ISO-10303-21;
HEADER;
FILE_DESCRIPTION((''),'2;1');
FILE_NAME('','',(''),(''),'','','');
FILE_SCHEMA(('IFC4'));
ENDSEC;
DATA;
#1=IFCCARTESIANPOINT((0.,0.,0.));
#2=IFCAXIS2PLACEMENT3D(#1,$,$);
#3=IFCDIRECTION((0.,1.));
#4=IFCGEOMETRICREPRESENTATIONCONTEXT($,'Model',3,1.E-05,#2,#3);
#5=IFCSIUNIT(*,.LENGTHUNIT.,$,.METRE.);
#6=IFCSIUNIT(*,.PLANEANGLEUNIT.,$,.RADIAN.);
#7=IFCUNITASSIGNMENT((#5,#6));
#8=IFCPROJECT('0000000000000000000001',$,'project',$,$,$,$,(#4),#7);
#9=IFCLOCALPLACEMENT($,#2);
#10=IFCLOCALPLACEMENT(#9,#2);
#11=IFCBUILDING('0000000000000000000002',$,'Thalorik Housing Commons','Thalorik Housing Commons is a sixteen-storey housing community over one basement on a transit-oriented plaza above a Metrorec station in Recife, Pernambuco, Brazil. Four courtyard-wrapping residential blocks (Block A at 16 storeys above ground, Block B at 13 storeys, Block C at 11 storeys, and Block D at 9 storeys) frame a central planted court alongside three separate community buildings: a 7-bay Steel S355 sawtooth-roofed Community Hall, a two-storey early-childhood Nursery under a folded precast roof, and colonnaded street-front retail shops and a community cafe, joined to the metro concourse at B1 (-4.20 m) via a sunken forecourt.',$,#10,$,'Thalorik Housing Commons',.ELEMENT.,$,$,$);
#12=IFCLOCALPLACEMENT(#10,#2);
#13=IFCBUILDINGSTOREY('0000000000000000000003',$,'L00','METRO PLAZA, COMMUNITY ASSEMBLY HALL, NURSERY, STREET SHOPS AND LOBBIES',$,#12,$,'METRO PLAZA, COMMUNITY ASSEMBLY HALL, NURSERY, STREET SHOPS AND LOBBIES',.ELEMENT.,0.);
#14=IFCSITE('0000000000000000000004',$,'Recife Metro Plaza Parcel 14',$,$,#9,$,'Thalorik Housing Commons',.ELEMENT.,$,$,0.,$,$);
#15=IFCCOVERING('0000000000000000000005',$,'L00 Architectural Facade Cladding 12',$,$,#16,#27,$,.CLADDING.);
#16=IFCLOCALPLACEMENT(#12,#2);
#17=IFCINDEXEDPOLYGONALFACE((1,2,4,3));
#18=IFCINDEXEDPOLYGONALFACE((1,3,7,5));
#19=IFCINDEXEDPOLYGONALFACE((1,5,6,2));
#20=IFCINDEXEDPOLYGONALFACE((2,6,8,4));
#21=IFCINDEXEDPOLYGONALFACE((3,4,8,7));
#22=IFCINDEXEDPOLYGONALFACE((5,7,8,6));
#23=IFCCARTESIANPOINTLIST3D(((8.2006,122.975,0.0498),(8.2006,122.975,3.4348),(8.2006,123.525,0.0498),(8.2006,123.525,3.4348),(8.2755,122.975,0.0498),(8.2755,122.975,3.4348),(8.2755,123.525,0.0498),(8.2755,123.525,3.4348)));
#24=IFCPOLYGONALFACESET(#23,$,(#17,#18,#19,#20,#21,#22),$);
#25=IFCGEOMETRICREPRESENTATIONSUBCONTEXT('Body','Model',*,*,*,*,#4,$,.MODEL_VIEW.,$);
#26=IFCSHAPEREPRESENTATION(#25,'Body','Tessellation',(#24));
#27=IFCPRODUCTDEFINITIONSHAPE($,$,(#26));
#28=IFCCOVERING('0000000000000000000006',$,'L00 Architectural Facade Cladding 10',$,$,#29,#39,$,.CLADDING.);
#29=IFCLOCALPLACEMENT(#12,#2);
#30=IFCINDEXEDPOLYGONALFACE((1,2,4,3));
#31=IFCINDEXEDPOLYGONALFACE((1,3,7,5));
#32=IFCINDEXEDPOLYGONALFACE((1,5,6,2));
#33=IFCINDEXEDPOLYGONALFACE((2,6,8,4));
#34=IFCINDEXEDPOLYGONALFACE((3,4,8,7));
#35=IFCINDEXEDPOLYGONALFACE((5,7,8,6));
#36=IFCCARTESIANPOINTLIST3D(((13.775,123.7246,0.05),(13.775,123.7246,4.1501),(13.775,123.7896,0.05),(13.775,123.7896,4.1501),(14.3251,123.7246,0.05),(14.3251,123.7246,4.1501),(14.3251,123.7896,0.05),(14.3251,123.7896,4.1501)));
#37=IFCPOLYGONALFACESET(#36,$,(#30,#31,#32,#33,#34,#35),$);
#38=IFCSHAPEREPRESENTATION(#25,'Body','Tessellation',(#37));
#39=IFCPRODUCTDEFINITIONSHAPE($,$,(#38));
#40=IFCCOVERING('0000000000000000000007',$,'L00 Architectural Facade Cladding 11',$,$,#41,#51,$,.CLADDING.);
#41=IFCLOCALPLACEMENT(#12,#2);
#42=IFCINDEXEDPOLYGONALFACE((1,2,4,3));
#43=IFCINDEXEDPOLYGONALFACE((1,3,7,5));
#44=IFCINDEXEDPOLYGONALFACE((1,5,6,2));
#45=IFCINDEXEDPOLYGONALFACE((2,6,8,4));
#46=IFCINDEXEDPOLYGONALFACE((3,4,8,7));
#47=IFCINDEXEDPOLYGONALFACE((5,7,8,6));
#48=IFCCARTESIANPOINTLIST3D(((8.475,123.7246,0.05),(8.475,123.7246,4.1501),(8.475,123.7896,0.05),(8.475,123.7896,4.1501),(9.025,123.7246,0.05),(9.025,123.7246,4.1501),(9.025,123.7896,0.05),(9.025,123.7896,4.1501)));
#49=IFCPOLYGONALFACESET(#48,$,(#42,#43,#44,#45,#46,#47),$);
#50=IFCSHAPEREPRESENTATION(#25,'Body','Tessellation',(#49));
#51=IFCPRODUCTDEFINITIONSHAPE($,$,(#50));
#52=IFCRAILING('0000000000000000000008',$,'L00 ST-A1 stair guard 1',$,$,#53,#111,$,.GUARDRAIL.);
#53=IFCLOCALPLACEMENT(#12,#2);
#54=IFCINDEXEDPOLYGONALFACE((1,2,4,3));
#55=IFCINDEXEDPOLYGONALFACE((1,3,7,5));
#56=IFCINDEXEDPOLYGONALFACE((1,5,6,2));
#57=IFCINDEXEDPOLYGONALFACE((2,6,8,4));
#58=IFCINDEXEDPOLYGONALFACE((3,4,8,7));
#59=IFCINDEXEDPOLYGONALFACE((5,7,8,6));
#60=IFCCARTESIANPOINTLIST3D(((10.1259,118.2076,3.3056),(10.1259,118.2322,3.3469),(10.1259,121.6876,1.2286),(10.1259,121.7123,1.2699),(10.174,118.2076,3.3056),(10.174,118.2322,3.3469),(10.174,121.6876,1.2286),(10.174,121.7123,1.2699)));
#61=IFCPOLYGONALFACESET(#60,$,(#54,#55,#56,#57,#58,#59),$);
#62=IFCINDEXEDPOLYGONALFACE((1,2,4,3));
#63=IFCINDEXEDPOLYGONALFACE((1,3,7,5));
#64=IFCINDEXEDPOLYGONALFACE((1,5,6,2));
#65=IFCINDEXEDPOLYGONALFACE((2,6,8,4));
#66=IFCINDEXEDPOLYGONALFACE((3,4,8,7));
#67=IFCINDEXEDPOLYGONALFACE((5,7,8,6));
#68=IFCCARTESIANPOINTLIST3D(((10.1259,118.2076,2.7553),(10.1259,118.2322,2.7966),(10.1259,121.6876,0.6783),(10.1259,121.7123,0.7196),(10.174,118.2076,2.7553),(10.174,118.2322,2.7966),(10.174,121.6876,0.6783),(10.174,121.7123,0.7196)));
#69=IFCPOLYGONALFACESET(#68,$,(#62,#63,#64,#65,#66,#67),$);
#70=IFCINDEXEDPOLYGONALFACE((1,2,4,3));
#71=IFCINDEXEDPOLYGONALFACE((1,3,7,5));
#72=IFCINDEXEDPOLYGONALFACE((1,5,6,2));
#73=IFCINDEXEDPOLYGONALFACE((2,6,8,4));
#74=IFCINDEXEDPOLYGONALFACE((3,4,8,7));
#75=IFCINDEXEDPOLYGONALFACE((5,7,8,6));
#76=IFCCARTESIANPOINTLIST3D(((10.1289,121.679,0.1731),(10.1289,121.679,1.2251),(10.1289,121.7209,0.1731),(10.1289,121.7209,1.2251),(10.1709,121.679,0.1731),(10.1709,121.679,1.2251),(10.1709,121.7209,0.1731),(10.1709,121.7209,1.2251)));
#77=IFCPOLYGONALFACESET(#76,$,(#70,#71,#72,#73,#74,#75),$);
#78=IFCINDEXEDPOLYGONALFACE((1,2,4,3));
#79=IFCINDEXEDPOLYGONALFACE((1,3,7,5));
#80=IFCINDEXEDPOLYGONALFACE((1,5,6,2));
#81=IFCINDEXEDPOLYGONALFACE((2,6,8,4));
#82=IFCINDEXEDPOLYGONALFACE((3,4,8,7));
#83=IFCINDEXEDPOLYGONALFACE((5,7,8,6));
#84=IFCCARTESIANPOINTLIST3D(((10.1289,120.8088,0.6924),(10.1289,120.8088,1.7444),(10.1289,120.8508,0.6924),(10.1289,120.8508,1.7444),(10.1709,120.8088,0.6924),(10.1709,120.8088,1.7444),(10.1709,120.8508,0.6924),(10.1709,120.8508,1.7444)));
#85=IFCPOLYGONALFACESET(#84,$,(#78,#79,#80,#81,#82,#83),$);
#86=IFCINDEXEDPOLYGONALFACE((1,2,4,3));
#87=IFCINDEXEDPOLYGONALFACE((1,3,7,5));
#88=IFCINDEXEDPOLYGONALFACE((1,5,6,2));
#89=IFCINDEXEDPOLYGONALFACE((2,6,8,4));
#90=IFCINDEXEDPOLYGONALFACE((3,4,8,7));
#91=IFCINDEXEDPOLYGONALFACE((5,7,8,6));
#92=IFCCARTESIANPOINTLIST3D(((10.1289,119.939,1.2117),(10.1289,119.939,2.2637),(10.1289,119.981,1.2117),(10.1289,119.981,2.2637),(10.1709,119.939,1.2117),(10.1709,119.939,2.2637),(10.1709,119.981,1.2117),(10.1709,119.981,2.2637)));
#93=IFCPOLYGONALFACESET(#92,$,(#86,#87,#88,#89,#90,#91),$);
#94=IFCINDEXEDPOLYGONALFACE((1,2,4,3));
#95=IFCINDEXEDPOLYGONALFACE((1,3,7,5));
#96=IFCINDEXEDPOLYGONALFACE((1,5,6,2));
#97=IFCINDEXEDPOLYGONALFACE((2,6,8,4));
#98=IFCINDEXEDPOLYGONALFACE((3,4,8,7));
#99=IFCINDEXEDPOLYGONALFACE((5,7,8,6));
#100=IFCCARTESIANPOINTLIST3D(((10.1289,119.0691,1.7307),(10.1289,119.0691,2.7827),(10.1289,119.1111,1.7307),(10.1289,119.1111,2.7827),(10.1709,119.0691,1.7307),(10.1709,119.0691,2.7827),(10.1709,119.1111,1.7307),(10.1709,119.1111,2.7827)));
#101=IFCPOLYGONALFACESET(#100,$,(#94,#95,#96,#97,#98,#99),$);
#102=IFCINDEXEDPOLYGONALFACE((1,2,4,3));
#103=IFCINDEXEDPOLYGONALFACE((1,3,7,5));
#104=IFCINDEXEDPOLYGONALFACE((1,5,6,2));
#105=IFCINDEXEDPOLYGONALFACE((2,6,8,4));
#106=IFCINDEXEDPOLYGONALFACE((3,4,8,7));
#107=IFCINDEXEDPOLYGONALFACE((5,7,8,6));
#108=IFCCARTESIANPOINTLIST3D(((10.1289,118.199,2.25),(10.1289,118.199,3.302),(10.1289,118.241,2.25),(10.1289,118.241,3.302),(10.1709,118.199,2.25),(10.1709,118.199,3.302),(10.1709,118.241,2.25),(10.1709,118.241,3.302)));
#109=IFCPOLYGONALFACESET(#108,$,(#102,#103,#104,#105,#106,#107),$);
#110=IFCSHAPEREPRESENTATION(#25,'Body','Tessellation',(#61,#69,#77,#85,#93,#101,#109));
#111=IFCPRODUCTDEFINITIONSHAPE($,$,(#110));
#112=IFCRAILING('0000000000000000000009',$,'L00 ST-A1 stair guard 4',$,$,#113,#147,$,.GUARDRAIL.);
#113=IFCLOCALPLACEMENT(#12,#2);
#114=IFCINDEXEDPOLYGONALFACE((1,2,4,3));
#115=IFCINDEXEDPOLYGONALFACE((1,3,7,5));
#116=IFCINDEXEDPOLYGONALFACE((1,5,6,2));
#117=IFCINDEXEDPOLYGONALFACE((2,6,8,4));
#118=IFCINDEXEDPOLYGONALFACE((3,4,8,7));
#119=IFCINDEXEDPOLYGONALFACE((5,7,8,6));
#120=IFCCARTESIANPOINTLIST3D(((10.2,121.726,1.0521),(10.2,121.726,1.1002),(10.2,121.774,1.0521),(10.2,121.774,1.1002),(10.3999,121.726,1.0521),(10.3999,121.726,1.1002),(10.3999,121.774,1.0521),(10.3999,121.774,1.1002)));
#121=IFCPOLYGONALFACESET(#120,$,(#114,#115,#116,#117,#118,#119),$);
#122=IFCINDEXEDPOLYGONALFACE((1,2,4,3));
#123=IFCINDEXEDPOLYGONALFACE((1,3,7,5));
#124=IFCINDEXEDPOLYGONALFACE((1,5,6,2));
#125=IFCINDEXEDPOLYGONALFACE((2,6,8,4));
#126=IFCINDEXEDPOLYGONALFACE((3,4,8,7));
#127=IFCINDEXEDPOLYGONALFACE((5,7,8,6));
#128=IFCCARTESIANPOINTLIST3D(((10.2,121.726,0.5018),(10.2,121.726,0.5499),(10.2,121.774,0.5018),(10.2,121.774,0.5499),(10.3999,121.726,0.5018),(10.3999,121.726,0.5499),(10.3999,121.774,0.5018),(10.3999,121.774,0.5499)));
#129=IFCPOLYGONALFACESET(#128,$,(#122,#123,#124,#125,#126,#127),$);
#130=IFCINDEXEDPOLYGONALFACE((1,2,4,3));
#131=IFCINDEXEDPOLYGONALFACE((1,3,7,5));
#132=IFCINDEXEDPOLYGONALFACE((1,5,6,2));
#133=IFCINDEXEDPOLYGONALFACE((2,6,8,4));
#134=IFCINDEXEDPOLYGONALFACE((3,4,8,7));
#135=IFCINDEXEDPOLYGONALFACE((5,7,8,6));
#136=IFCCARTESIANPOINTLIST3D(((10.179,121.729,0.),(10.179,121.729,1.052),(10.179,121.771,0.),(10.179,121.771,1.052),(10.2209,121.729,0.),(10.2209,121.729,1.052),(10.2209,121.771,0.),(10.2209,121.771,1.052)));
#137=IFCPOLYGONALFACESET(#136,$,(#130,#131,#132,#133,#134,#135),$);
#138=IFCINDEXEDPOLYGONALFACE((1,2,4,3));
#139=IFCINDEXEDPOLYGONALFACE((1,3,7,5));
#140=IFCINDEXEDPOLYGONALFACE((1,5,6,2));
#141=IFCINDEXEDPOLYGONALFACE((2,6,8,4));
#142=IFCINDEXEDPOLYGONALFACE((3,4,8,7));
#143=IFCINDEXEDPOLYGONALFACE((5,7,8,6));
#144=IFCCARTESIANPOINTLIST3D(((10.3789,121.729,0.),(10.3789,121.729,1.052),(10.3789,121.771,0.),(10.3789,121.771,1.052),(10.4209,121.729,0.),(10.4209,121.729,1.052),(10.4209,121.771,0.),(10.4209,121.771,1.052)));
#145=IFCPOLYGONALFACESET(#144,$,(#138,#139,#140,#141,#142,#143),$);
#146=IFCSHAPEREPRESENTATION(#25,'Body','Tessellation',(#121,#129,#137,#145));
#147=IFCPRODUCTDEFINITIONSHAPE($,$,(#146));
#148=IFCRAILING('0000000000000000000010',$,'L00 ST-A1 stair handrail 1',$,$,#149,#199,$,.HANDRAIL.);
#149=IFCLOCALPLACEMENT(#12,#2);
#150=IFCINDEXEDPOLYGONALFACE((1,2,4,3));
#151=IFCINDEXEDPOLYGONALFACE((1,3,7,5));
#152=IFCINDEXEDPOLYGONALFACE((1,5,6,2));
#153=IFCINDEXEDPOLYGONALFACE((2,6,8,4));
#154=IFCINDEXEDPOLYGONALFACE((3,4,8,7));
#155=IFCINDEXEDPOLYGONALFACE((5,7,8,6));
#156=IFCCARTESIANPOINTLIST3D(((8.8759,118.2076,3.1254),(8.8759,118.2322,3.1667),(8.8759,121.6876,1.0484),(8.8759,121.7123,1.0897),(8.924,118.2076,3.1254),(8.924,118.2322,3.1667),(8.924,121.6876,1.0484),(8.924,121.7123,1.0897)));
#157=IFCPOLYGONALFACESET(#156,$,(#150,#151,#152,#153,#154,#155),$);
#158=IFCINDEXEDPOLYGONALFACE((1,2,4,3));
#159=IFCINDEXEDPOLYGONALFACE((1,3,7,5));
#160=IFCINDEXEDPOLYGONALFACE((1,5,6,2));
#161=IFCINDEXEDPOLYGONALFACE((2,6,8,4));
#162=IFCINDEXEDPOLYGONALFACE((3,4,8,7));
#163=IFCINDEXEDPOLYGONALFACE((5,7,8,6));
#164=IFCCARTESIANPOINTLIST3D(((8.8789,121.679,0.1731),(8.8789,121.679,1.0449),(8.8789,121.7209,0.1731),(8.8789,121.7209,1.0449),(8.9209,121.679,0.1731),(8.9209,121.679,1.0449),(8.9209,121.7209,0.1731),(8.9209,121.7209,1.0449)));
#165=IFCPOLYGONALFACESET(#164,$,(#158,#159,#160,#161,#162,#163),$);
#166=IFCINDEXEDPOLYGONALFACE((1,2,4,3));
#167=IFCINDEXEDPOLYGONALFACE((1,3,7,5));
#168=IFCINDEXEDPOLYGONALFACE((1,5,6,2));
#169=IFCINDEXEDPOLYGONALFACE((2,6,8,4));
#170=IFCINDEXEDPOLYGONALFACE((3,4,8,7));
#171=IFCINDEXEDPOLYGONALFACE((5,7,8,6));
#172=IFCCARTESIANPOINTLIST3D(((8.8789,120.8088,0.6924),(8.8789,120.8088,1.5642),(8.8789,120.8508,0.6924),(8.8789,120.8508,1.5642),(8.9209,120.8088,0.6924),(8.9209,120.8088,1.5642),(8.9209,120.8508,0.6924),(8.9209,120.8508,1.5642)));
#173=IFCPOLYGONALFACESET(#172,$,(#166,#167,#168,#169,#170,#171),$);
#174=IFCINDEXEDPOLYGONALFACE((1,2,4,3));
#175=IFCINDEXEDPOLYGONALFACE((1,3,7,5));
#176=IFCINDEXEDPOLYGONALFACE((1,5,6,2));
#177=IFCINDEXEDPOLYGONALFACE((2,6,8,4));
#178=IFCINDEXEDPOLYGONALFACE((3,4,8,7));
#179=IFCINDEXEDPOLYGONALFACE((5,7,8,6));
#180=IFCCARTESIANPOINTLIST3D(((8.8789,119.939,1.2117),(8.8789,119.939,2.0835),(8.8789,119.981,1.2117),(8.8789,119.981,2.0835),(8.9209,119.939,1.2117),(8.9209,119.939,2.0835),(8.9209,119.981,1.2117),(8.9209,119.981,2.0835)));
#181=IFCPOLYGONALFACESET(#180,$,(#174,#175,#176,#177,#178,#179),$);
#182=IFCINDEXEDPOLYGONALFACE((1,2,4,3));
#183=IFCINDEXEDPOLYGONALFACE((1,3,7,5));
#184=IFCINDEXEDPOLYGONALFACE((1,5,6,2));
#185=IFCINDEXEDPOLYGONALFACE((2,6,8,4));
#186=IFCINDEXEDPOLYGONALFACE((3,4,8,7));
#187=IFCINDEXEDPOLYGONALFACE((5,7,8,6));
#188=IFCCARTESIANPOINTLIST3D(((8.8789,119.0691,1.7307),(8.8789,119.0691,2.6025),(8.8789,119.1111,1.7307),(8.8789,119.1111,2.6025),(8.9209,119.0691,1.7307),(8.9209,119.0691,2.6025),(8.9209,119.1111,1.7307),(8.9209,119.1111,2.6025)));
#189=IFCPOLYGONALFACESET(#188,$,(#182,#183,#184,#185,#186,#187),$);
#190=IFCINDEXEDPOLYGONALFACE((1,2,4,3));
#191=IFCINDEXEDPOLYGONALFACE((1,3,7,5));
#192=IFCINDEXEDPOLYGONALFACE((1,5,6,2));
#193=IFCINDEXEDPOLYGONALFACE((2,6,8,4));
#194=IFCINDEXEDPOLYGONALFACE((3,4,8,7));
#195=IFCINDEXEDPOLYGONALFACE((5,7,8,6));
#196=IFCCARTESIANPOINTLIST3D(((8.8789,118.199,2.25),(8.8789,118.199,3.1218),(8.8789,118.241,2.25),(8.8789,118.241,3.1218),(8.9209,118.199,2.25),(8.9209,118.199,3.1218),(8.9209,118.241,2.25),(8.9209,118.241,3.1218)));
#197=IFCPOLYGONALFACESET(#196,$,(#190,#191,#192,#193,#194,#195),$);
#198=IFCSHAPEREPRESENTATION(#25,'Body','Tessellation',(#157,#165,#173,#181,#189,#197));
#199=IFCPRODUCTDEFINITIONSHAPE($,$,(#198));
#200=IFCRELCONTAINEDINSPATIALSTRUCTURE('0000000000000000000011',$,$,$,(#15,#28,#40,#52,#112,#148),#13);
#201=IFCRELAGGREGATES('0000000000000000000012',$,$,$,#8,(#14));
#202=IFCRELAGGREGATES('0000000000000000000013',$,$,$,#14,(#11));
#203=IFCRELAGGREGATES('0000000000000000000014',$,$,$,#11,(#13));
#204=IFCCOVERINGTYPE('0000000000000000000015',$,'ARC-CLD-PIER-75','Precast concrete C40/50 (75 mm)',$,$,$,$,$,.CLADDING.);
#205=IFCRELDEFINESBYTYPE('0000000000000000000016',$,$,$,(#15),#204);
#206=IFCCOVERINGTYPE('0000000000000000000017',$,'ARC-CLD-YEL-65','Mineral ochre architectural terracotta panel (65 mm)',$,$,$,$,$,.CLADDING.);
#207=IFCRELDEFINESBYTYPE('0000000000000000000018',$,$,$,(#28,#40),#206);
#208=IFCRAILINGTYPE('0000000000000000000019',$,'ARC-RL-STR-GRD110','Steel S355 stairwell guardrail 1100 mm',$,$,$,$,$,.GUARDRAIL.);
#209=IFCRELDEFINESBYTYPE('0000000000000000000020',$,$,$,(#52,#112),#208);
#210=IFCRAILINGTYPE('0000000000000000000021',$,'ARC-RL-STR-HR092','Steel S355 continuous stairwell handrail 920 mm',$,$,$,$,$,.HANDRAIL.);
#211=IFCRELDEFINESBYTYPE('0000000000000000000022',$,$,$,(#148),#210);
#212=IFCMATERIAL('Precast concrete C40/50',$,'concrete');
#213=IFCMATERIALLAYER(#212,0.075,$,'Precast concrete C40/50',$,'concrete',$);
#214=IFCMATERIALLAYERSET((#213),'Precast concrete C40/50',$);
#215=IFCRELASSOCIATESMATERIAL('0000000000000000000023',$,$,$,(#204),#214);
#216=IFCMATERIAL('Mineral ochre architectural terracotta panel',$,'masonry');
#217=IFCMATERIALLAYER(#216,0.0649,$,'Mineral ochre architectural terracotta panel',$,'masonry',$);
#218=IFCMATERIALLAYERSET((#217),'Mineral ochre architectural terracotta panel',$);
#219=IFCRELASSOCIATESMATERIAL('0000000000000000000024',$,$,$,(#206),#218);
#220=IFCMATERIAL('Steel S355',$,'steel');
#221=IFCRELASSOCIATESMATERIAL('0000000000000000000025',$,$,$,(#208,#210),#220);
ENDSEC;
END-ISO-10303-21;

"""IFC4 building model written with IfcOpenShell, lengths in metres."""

from ifc_helpers import new_model, si_unit, direction, frame, origin, origin_2d, place, context, subcontext, project, spatial, rectangle, extrude, material, layer, layer_set, type_object, element, save


model = new_model("IFC4")

# Units and contexts
model_context = context("Model", 3, precision=1e-05, world=origin(), true_north=direction((0.0, 1.0)))
body_context = subcontext(model_context, "Body", "Model", "MODEL_VIEW")
ifc_project = project(units=[si_unit("LENGTHUNIT", "METRE"), si_unit("PLANEANGLEUNIT", "RADIAN")], contexts=[model_context])

# Site, building, storey
site_placement = place(None, origin())
site = spatial("IfcSite", under=ifc_project, at=site_placement, Name="Recife Metro Plaza Parcel 14", LongName="Thalorik Housing Commons", CompositionType="ELEMENT", RefElevation=0.0)
building_placement = place(site_placement, origin())
building = spatial("IfcBuilding", under=site, at=building_placement, Name="Thalorik Housing Commons", Description="Thalorik Housing Commons is a sixteen-storey housing community over one basement on a transit-oriented plaza above a Metrorec station in Recife, Pernambuco, Brazil. Four courtyard-wrapping residential blocks (Block A at 16 storeys above ground, Block B at 13 storeys, Block C at 11 storeys, and Block D at 9 storeys) frame a central planted court alongside three separate community buildings: a 7-bay Steel S355 sawtooth-roofed Community Hall, a two-storey early-childhood Nursery under a folded precast roof, and colonnaded street-front retail shops and a community cafe, joined to the metro concourse at B1 (-4.20 m) via a sunken forecourt.", LongName="Thalorik Housing Commons", CompositionType="ELEMENT")
storey_placement = place(building_placement, origin())
storey = spatial("IfcBuildingStorey", under=building, at=storey_placement, Name="L00", Description="METRO PLAZA, COMMUNITY ASSEMBLY HALL, NURSERY, STREET SHOPS AND LOBBIES", LongName="METRO PLAZA, COMMUNITY ASSEMBLY HALL, NURSERY, STREET SHOPS AND LOBBIES", CompositionType="ELEMENT", Elevation=0.0)

# Shared definitions
ifc_material_1 = material(Name="Precast concrete C40/50", Category="concrete")

# Shared definitions
ifc_material_2 = material(Name="Steel S355", Category="steel")

# Coverings
ifc_layer_1 = layer(ifc_material_1, 0.075, Name="Precast concrete C40/50", Category="concrete")
ifc_layer_set_1 = layer_set([ifc_layer_1], Name="Precast concrete C40/50")
covering_type_1 = type_object("IfcCoveringType", Name="ARC-CLD-PIER-75", Description="Precast concrete C40/50 (75 mm)", PredefinedType="CLADDING", material=ifc_layer_set_1)
covering_placement = place(storey_placement, frame((8.238, 123.25, 0.0498), z_axis=(0.0, 0.0, 1.0), x_axis=(0.0, -1.0, 0.0)))
element("IfcCovering", 1, at=covering_placement, inside=storey, type_object=covering_type_1, Name="L00 Architectural Facade Cladding 12", PredefinedType="CLADDING", context=body_context, shape_type="SweptSolid", body=[
    extrude(rectangle(XDim=0.55, YDim=0.075, at=origin_2d()), origin(), (0.0, 0.0, 1.0), 3.385),
])
ifc_material_3 = material(Name="Mineral ochre architectural terracotta panel", Category="masonry")
ifc_layer_2 = layer(ifc_material_3, 0.0649, Name="Mineral ochre architectural terracotta panel", Category="masonry")
ifc_layer_set_2 = layer_set([ifc_layer_2], Name="Mineral ochre architectural terracotta panel")
covering_type_2 = type_object("IfcCoveringType", Name="ARC-CLD-YEL-65", Description="Mineral ochre architectural terracotta panel (65 mm)", PredefinedType="CLADDING", material=ifc_layer_set_2)
for number, where, z_axis, x_axis, name in (
    (2, (14.05, 123.7571, 0.05), (0.0, 0.0, 1.0), (-1.0, 0.0, 0.0), "L00 Architectural Facade Cladding 10"),
    (3, (8.75, 123.7571, 0.05), (0.0, 0.0, 1.0), (-1.0, 0.0, 0.0), "L00 Architectural Facade Cladding 11"),
):
    element("IfcCovering", number, at=place(storey_placement, frame(where, z_axis=z_axis, x_axis=x_axis)), inside=storey, type_object=covering_type_2, Name=name, PredefinedType="CLADDING", context=body_context, shape_type="SweptSolid", body=[
        extrude(rectangle(XDim=0.55, YDim=0.0649, at=origin_2d()), origin(), (0.0, 0.0, 1.0), 4.1001),
    ])

# Railings
railing_type_1 = type_object("IfcRailingType", Name="ARC-RL-STR-GRD110", Description="Steel S355 stairwell guardrail 1100 mm", PredefinedType="GUARDRAIL", material=ifc_material_2)
railing_1_placement = place(storey_placement, frame((10.1499, 121.7, 0.1731)))
element("IfcRailing", 4, at=railing_1_placement, inside=storey, type_object=railing_type_1, Name="L00 ST-A1 stair guard 1", PredefinedType="GUARDRAIL", context=body_context, shape_type="SweptSolid", body=[
    extrude(rectangle(XDim=0.0481, YDim=0.0481, at=origin_2d()), frame((0.0, 0.0, 1.0762), z_axis=(0.0, -0.858697, 0.512483), x_axis=(1.0, 0.0, 0.0)), (0.0, 0.0, 1.0), 4.0527),
    extrude(rectangle(XDim=0.0481, YDim=0.0481, at=origin_2d()), frame((0.0, 0.0, 0.5259), z_axis=(0.0, -0.858697, 0.512483), x_axis=(1.0, 0.0, 0.0)), (0.0, 0.0, 1.0), 4.0527),
    extrude(rectangle(XDim=0.042, YDim=0.042, at=origin_2d()), origin(), (0.0, 0.0, 1.0), 1.052),
    extrude(rectangle(XDim=0.042, YDim=0.042, at=origin_2d()), frame((0.0, -0.8701, 0.5193)), (0.0, 0.0, 1.0), 1.052),
    extrude(rectangle(XDim=0.042, YDim=0.042, at=origin_2d()), frame((0.0, -1.74, 1.0386)), (0.0, 0.0, 1.0), 1.052),
    extrude(rectangle(XDim=0.042, YDim=0.042, at=origin_2d()), frame((0.0, -2.6099, 1.5576)), (0.0, 0.0, 1.0), 1.052),
    extrude(rectangle(XDim=0.042, YDim=0.042, at=origin_2d()), frame((0.0, -3.48, 2.0769)), (0.0, 0.0, 1.0), 1.052),
])
railing_2_placement = place(storey_placement, frame((10.2, 121.75, 0.0)))
element("IfcRailing", 5, at=railing_2_placement, inside=storey, type_object=railing_type_1, Name="L00 ST-A1 stair guard 4", PredefinedType="GUARDRAIL", context=body_context, shape_type="SweptSolid", body=[
    extrude(rectangle(XDim=0.0481, YDim=0.0481, at=origin_2d()), frame((0.0, 0.0, 1.0762), z_axis=(1.0, 0.0, 0.0), x_axis=(0.0, 1.0, 0.0)), (0.0, 0.0, 1.0), 0.2),
    extrude(rectangle(XDim=0.0481, YDim=0.0481, at=origin_2d()), frame((0.0, 0.0, 0.5259), z_axis=(1.0, 0.0, 0.0), x_axis=(0.0, 1.0, 0.0)), (0.0, 0.0, 1.0), 0.2),
    extrude(rectangle(XDim=0.042, YDim=0.042, at=origin_2d()), origin(), (0.0, 0.0, 1.0), 1.052),
    extrude(rectangle(XDim=0.042, YDim=0.042, at=origin_2d()), frame((0.2, 0.0, 0.0)), (0.0, 0.0, 1.0), 1.052),
])
railing_type_2 = type_object("IfcRailingType", Name="ARC-RL-STR-HR092", Description="Steel S355 continuous stairwell handrail 920 mm", PredefinedType="HANDRAIL", material=ifc_material_2)
railing_3_placement = place(storey_placement, frame((8.8999, 121.7, 0.1731)))
element("IfcRailing", 6, at=railing_3_placement, inside=storey, type_object=railing_type_2, Name="L00 ST-A1 stair handrail 1", PredefinedType="HANDRAIL", context=body_context, shape_type="SweptSolid", body=[
    extrude(rectangle(XDim=0.0481, YDim=0.0481, at=origin_2d()), frame((0.0, 0.0, 0.896), z_axis=(0.0, -0.858697, 0.512483), x_axis=(1.0, 0.0, 0.0)), (0.0, 0.0, 1.0), 4.0527),
    extrude(rectangle(XDim=0.042, YDim=0.042, at=origin_2d()), origin(), (0.0, 0.0, 1.0), 0.8718),
    extrude(rectangle(XDim=0.042, YDim=0.042, at=origin_2d()), frame((0.0, -0.8701, 0.5193)), (0.0, 0.0, 1.0), 0.8718),
    extrude(rectangle(XDim=0.042, YDim=0.042, at=origin_2d()), frame((0.0, -1.74, 1.0386)), (0.0, 0.0, 1.0), 0.8718),
    extrude(rectangle(XDim=0.042, YDim=0.042, at=origin_2d()), frame((0.0, -2.6099, 1.5576)), (0.0, 0.0, 1.0), 0.8718),
    extrude(rectangle(XDim=0.042, YDim=0.042, at=origin_2d()), frame((0.0, -3.48, 2.0769)), (0.0, 0.0, 1.0), 0.8718),
])

save(model, "model.ifc")
